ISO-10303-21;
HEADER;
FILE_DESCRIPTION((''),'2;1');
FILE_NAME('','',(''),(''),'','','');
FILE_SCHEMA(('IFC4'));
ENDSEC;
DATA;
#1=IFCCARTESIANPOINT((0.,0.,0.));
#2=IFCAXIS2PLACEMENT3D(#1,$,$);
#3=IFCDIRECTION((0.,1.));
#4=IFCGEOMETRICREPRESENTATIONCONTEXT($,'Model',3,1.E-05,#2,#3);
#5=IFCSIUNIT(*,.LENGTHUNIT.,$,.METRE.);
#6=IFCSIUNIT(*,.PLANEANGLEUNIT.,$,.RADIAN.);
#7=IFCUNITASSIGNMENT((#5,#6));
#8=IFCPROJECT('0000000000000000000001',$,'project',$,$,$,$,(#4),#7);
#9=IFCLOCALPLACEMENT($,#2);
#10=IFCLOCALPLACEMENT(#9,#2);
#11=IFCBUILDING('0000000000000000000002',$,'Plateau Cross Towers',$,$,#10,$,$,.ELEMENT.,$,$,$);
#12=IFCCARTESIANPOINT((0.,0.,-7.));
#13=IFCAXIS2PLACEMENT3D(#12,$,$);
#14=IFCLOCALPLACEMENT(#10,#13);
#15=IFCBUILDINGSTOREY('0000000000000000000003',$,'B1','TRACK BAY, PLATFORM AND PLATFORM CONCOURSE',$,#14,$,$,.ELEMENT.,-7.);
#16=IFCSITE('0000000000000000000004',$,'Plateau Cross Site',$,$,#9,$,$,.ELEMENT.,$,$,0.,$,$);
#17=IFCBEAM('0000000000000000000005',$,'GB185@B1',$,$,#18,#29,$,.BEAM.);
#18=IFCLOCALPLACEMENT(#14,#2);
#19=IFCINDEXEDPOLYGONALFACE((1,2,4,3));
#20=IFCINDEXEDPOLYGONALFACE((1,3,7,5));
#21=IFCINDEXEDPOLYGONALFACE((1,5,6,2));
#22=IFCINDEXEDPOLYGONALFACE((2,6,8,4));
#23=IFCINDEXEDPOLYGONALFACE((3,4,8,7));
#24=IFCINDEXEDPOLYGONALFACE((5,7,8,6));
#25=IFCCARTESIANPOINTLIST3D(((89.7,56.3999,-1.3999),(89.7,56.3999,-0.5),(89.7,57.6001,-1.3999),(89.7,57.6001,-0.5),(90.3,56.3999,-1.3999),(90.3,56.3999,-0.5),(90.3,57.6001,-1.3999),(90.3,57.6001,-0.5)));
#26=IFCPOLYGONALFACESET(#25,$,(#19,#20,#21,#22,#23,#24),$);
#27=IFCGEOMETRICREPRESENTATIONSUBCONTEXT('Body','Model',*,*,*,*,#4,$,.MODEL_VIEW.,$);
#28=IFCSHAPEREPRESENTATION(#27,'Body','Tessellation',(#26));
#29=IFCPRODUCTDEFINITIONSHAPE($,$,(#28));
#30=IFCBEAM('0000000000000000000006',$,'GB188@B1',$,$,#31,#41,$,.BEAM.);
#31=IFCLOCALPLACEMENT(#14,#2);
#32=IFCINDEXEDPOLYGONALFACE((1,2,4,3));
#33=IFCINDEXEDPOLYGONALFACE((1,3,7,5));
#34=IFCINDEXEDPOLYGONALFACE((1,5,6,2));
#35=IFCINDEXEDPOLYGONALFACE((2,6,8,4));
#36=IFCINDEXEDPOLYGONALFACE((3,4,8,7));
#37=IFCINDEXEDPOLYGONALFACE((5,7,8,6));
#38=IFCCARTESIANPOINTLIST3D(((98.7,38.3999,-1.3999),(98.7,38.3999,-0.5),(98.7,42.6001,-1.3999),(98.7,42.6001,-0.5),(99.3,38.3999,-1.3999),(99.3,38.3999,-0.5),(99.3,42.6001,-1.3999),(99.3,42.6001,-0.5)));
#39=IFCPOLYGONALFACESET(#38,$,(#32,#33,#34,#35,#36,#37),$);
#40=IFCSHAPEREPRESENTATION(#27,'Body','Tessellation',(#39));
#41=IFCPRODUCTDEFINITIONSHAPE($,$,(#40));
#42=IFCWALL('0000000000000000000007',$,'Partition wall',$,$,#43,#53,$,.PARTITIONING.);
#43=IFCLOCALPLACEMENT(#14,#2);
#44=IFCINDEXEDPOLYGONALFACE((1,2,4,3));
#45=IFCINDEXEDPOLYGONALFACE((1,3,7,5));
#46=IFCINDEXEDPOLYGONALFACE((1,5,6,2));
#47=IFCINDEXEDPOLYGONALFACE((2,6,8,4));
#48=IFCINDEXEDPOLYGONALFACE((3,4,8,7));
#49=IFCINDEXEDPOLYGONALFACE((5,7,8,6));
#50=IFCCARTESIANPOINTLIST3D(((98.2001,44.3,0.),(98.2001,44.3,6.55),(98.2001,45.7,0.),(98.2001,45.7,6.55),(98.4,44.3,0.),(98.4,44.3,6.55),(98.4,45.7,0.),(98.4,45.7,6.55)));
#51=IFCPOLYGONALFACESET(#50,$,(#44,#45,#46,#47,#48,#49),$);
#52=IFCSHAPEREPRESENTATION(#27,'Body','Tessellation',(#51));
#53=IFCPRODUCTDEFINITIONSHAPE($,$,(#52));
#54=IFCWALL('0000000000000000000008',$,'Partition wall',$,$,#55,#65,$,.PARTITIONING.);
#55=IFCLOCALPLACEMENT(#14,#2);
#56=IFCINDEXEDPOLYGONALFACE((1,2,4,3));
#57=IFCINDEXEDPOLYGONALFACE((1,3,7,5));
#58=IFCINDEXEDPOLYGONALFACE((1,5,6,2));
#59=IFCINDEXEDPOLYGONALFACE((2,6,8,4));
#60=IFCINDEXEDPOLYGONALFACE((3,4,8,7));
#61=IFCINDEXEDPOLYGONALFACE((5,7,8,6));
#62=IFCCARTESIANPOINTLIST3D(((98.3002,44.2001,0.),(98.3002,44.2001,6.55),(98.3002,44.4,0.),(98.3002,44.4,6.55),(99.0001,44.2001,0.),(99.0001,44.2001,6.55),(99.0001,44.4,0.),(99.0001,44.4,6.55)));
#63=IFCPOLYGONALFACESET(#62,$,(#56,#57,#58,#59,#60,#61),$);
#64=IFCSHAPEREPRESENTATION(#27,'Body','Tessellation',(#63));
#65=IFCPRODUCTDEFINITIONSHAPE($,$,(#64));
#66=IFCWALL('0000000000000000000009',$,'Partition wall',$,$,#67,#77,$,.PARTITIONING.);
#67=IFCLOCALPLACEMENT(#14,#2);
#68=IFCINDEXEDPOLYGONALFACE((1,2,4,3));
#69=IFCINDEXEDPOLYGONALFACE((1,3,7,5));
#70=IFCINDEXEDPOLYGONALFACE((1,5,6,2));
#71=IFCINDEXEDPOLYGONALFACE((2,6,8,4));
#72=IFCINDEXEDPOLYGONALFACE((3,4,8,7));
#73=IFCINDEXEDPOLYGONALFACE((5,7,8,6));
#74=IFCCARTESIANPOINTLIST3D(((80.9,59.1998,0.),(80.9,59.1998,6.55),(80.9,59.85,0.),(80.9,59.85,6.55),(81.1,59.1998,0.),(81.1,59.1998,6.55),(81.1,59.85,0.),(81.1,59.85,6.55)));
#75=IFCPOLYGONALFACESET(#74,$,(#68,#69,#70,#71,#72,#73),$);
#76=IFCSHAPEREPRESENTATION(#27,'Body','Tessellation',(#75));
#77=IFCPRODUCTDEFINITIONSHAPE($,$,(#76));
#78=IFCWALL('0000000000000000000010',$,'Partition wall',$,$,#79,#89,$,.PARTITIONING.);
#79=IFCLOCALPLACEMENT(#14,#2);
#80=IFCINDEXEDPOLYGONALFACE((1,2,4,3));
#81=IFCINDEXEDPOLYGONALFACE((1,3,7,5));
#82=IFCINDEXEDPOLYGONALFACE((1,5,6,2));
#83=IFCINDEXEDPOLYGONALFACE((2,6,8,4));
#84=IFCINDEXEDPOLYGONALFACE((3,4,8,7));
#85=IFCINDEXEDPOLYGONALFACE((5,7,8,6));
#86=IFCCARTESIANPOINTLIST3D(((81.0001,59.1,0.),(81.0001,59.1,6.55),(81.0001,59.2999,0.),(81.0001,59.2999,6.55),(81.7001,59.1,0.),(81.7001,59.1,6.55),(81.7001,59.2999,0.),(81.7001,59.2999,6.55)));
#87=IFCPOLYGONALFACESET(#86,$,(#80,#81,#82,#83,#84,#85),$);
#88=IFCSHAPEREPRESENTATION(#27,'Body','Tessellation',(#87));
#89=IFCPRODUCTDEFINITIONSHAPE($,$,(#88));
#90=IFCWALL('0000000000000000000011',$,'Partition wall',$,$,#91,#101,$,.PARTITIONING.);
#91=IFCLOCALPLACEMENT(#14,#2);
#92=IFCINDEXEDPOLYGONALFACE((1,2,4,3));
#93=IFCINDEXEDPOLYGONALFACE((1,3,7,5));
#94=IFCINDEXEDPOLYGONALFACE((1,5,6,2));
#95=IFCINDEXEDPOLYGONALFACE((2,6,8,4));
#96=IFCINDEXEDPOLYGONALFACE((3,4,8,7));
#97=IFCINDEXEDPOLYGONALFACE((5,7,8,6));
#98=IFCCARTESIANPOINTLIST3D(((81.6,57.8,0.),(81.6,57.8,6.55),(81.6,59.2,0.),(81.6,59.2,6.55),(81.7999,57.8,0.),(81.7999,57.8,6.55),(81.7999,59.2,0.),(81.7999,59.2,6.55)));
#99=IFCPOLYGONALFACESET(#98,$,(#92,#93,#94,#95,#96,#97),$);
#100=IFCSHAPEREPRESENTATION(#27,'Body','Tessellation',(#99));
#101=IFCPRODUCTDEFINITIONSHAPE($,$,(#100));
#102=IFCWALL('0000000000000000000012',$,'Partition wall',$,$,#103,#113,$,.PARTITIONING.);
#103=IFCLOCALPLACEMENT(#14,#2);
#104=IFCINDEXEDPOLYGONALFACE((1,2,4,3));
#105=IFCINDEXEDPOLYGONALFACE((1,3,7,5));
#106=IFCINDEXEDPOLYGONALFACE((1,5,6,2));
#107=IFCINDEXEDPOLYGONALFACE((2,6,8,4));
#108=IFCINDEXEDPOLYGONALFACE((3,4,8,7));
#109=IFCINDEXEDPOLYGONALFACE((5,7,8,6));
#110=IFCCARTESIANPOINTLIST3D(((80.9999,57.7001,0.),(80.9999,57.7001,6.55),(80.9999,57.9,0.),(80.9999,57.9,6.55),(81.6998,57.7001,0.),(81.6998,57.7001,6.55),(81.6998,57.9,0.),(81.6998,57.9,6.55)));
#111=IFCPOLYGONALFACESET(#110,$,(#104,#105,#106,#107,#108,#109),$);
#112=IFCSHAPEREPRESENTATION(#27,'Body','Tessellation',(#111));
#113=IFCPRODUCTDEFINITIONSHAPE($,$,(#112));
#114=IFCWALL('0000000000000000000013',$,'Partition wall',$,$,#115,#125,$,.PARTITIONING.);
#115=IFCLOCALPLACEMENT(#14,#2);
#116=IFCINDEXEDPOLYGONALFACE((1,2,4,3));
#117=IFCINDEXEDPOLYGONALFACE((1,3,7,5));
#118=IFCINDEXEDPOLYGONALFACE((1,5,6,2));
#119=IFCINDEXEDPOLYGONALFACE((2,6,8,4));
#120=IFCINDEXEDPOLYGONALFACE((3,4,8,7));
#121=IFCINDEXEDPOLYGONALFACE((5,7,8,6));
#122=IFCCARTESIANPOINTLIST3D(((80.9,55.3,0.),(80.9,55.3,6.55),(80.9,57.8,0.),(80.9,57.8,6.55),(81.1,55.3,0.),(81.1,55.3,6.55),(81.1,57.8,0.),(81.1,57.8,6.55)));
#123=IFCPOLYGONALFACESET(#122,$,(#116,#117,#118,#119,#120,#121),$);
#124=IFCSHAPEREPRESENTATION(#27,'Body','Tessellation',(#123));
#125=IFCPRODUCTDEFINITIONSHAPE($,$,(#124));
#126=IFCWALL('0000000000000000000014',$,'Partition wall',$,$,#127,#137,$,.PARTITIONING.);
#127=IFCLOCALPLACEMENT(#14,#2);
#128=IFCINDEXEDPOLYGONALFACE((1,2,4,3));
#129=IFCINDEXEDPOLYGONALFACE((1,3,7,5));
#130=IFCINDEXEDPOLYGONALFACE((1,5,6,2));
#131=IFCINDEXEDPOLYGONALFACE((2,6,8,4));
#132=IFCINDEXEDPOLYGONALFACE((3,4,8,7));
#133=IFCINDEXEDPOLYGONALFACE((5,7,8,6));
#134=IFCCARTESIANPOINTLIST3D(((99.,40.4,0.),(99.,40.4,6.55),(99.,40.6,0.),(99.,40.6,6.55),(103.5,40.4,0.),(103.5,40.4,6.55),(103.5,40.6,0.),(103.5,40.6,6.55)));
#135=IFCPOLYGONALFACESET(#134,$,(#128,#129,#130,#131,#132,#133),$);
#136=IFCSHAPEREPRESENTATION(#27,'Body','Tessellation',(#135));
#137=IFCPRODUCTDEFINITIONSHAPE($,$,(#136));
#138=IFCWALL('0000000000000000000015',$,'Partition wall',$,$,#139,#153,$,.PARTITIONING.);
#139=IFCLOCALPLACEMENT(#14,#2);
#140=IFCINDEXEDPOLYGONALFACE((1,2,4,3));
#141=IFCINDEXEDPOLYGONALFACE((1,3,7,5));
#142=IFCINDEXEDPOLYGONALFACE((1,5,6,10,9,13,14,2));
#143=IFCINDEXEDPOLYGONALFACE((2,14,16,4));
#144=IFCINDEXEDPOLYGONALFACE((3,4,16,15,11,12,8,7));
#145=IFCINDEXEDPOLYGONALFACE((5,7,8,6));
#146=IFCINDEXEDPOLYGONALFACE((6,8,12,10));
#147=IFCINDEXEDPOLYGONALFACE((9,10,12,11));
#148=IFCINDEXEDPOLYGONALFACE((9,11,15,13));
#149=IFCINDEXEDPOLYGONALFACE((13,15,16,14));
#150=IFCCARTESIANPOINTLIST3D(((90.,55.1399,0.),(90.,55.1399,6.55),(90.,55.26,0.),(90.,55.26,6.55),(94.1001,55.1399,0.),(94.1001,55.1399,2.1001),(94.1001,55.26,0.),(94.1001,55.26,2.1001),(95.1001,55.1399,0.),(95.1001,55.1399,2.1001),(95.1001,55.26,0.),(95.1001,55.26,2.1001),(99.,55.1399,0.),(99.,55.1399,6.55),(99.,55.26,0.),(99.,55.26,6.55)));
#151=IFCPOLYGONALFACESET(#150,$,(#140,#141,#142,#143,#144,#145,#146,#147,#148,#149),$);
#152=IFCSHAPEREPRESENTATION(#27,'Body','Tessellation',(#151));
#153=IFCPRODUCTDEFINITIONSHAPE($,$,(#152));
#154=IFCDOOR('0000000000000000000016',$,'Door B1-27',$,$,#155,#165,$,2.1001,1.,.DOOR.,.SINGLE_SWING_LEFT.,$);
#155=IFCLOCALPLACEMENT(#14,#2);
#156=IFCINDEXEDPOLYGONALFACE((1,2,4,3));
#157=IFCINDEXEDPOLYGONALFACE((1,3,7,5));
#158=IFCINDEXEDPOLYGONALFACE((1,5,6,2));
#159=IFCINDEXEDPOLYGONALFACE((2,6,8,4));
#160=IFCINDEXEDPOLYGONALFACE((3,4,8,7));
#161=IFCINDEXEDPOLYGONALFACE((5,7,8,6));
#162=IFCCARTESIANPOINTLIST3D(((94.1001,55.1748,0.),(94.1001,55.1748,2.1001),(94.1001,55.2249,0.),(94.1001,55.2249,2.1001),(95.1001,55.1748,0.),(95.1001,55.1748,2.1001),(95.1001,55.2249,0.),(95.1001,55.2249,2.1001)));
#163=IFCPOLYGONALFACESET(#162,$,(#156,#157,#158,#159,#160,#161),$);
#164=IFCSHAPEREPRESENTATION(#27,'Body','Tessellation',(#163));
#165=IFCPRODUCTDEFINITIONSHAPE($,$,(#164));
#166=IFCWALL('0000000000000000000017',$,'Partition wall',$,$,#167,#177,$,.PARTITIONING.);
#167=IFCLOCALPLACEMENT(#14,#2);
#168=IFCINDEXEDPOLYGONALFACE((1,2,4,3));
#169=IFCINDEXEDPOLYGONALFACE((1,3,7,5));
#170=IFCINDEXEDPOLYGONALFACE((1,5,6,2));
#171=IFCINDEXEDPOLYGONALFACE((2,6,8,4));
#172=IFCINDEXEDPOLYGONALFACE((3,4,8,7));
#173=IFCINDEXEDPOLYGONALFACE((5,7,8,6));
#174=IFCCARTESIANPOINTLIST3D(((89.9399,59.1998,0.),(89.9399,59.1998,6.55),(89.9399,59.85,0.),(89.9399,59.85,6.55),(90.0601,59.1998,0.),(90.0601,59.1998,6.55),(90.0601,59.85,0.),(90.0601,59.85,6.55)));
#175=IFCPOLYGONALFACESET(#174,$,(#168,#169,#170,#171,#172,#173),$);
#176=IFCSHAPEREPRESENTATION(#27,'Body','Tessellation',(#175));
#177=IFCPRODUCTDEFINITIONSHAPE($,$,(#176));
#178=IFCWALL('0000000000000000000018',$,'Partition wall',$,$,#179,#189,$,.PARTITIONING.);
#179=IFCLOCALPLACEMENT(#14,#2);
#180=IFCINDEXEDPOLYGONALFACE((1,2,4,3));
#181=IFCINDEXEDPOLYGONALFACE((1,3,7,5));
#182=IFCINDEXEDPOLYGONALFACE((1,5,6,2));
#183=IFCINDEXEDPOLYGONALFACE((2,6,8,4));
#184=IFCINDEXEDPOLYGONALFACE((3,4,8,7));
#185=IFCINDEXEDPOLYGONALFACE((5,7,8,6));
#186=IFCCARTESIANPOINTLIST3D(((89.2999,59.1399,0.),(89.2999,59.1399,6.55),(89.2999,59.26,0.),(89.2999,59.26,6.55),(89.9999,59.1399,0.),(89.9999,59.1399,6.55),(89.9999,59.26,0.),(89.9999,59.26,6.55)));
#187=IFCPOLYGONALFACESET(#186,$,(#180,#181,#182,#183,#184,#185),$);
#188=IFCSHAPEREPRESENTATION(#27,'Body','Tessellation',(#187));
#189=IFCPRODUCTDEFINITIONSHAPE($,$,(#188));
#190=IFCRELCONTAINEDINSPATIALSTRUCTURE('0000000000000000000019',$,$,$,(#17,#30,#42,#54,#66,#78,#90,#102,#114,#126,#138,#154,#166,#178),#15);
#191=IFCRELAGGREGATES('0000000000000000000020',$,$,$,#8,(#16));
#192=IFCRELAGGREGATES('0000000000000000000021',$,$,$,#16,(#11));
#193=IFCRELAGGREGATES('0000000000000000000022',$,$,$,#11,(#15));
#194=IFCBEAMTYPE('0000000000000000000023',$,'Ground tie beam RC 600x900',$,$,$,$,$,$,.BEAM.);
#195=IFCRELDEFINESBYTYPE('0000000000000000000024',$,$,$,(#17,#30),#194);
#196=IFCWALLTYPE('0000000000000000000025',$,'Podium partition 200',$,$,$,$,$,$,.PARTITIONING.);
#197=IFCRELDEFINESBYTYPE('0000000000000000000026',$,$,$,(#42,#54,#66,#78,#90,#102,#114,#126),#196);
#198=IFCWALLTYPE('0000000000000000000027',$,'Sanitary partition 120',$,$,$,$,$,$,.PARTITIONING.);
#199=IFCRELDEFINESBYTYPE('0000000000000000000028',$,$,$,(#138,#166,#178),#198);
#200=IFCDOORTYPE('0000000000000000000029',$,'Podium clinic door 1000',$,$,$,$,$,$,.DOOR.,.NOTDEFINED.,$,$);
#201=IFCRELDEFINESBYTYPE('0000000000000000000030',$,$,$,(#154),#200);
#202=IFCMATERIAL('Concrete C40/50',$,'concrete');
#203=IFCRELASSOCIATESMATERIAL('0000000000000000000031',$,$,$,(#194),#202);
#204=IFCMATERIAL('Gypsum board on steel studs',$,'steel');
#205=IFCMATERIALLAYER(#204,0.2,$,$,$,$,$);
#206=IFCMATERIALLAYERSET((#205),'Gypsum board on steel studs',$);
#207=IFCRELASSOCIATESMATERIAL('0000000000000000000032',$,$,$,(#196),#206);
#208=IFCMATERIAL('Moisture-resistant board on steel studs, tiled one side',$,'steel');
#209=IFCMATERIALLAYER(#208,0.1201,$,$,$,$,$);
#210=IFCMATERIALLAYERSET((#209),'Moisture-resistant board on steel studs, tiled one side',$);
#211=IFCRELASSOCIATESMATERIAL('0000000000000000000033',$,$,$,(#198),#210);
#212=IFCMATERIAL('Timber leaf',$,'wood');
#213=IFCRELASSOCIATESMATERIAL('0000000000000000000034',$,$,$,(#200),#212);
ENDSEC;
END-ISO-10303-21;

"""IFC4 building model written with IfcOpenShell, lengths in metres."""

from ifc_helpers import new_model, si_unit, direction, frame, frame_2d, origin, origin_2d, place, context, subcontext, project, spatial, rectangle, extrude, material, layer, layer_set, material_profile, profile_set, type_object, element, fill, save


model = new_model("IFC4")

# Units and contexts
model_context = context("Model", 3, precision=1e-05, world=origin(), true_north=direction((0.0, 1.0)))
body_context = subcontext(model_context, "Body", "Model", "MODEL_VIEW")
ifc_project = project(units=[si_unit("LENGTHUNIT", "METRE"), si_unit("PLANEANGLEUNIT", "RADIAN")], contexts=[model_context])

# Site, building, storey
site_placement = place(None, origin())
site = spatial("IfcSite", under=ifc_project, at=site_placement, Name="Plateau Cross Site", CompositionType="ELEMENT", RefElevation=0.0)
building_placement = place(site_placement, origin())
building = spatial("IfcBuilding", under=site, at=building_placement, Name="Plateau Cross Towers", CompositionType="ELEMENT")
storey_placement = place(building_placement, frame((0.0, 0.0, -7.0)))
storey = spatial("IfcBuildingStorey", under=building, at=storey_placement, Name="B1", Description="TRACK BAY, PLATFORM AND PLATFORM CONCOURSE", CompositionType="ELEMENT", Elevation=-7.0)

# Shared definitions
ifc_material_1 = material(Name="Concrete C40/50", Category="concrete")

# Beams
ifc_material_profile_1 = material_profile(ifc_material_1, rectangle(XDim=0.6001, YDim=0.8999, at=origin_2d()), Name="RC 600x900")
ifc_profile_set_1 = profile_set([ifc_material_profile_1], Name="Concrete C40/50")
beam_type = type_object("IfcBeamType", Name="Ground tie beam RC 600x900", PredefinedType="BEAM", material=ifc_profile_set_1)
beam_1_placement = place(storey_placement, frame((90.0, 56.3999, -0.95), z_axis=(0.0, 1.0, 0.0), x_axis=(-1.0, 0.0, 0.0)))
element("IfcBeam", 1, at=beam_1_placement, inside=storey, type_object=beam_type, Name="GB185@B1", PredefinedType="BEAM", context=body_context, shape_type="SweptSolid", body=[
    extrude(rectangle(XDim=0.6001, YDim=0.8999, at=origin_2d()), origin(), (0.0, 0.0, 1.0), 1.2002),
])
beam_2_placement = place(storey_placement, frame((99.0, 38.3999, -0.95), z_axis=(0.0, 1.0, 0.0), x_axis=(-1.0, 0.0, 0.0)))
element("IfcBeam", 2, at=beam_2_placement, inside=storey, type_object=beam_type, Name="GB188@B1", PredefinedType="BEAM", context=body_context, shape_type="SweptSolid", body=[
    extrude(rectangle(XDim=0.6001, YDim=0.8999, at=origin_2d()), origin(), (0.0, 0.0, 1.0), 4.2002),
])

# Walls
ifc_material_2 = material(Name="Gypsum board on steel studs", Category="steel")
ifc_layer_1 = layer(ifc_material_2, 0.2)
ifc_layer_set_1 = layer_set([ifc_layer_1], Name="Gypsum board on steel studs")
wall_type_1 = type_object("IfcWallType", Name="Podium partition 200", PredefinedType="PARTITIONING", material=ifc_layer_set_1)
wall_1_placement = place(storey_placement, frame((98.3, 45.7, 0.0), z_axis=(0.0, 0.0, 1.0), x_axis=(0.0, -1.0, 0.0)))
element("IfcWall", 3, at=wall_1_placement, inside=storey, type_object=wall_type_1, Name="Partition wall", PredefinedType="PARTITIONING", context=body_context, shape_type="SweptSolid", body=[
    extrude(rectangle(XDim=1.3999, YDim=0.2, at=frame_2d((0.7, 0.0))), origin(), (0.0, 0.0, 1.0), 6.55),
])
wall_2_placement = place(storey_placement, frame((98.3, 44.3, 0.0), z_axis=(0.0, 0.0, 1.0), x_axis=(1.0, 0.0, 0.0)))
element("IfcWall", 4, at=wall_2_placement, inside=storey, type_object=wall_type_1, Name="Partition wall", PredefinedType="PARTITIONING", context=body_context, shape_type="SweptSolid", body=[
    extrude(rectangle(XDim=0.7, YDim=0.2, at=frame_2d((0.3501, 0.0))), origin(), (0.0, 0.0, 1.0), 6.55),
])
wall_3_placement = place(storey_placement, frame((81.0, 59.8501, 0.0), z_axis=(0.0, 0.0, 1.0), x_axis=(0.0, -1.0, 0.0)))
element("IfcWall", 5, at=wall_3_placement, inside=storey, type_object=wall_type_1, Name="Partition wall", PredefinedType="PARTITIONING", context=body_context, shape_type="SweptSolid", body=[
    extrude(rectangle(XDim=0.6501, YDim=0.2, at=frame_2d((0.3252, 0.0))), origin(), (0.0, 0.0, 1.0), 6.55),
])
wall_4_placement = place(storey_placement, frame((81.0, 59.2, 0.0), z_axis=(0.0, 0.0, 1.0), x_axis=(1.0, 0.0, 0.0)))
element("IfcWall", 6, at=wall_4_placement, inside=storey, type_object=wall_type_1, Name="Partition wall", PredefinedType="PARTITIONING", context=body_context, shape_type="SweptSolid", body=[
    extrude(rectangle(XDim=0.7, YDim=0.2, at=frame_2d((0.3501, 0.0))), origin(), (0.0, 0.0, 1.0), 6.55),
])
wall_5_placement = place(storey_placement, frame((81.7, 59.2, 0.0), z_axis=(0.0, 0.0, 1.0), x_axis=(0.0, -1.0, 0.0)))
element("IfcWall", 7, at=wall_5_placement, inside=storey, type_object=wall_type_1, Name="Partition wall", PredefinedType="PARTITIONING", context=body_context, shape_type="SweptSolid", body=[
    extrude(rectangle(XDim=1.3999, YDim=0.2, at=frame_2d((0.7, 0.0))), origin(), (0.0, 0.0, 1.0), 6.55),
])
wall_6_placement = place(storey_placement, frame((81.7, 57.8, 0.0), z_axis=(0.0, 0.0, 1.0), x_axis=(-1.0, 0.0, 0.0)))
element("IfcWall", 8, at=wall_6_placement, inside=storey, type_object=wall_type_1, Name="Partition wall", PredefinedType="PARTITIONING", context=body_context, shape_type="SweptSolid", body=[
    extrude(rectangle(XDim=0.7, YDim=0.2, at=frame_2d((0.3501, 0.0))), origin(), (0.0, 0.0, 1.0), 6.55),
])
wall_7_placement = place(storey_placement, frame((81.0, 57.8, 0.0), z_axis=(0.0, 0.0, 1.0), x_axis=(0.0, -1.0, 0.0)))
element("IfcWall", 9, at=wall_7_placement, inside=storey, type_object=wall_type_1, Name="Partition wall", PredefinedType="PARTITIONING", context=body_context, shape_type="SweptSolid", body=[
    extrude(rectangle(XDim=2.5, YDim=0.2, at=frame_2d((1.25, 0.0))), origin(), (0.0, 0.0, 1.0), 6.55),
])
wall_8_placement = place(storey_placement, frame((99.0, 40.5, 0.0), z_axis=(0.0, 0.0, 1.0), x_axis=(1.0, 0.0, 0.0)))
element("IfcWall", 10, at=wall_8_placement, inside=storey, type_object=wall_type_1, Name="Partition wall", PredefinedType="PARTITIONING", context=body_context, shape_type="SweptSolid", body=[
    extrude(rectangle(XDim=4.5, YDim=0.2, at=frame_2d((2.25, 0.0))), origin(), (0.0, 0.0, 1.0), 6.55),
])

# Wall, opening, door
ifc_material_3 = material(Name="Moisture-resistant board on steel studs, tiled one side", Category="steel")
ifc_layer_2 = layer(ifc_material_3, 0.1201)
ifc_layer_set_2 = layer_set([ifc_layer_2], Name="Moisture-resistant board on steel studs, tiled one side")
wall_type_2 = type_object("IfcWallType", Name="Sanitary partition 120", PredefinedType="PARTITIONING", material=ifc_layer_set_2)
wall_9_placement = place(storey_placement, frame((90.0, 55.2, 0.0), z_axis=(0.0, 0.0, 1.0), x_axis=(1.0, 0.0, 0.0)))
wall_9 = element("IfcWall", 11, at=wall_9_placement, inside=storey, type_object=wall_type_2, Name="Partition wall", PredefinedType="PARTITIONING", context=body_context, shape_type="SweptSolid", body=[
    extrude(rectangle(XDim=9.0, YDim=0.1201, at=frame_2d((4.5, 0.0))), origin(), (0.0, 0.0, 1.0), 6.55),
])
opening_placement = place(wall_9_placement, frame((4.1001, 0.0, 0.0)))
opening = element("IfcOpeningElement", 12, at=opening_placement, cuts=wall_9, PredefinedType="OPENING", context=body_context, shape_type="SweptSolid", body=[
    extrude(rectangle(XDim=1.0, YDim=2.1001, at=frame_2d((0.5, 1.05))), frame((0.0, 0.0701, 0.0), z_axis=(0.0, -1.0, 0.0), x_axis=(1.0, 0.0, 0.0)), (0.0, 0.0, 1.0), 0.1401),
])
ifc_material_4 = material(Name="Timber leaf", Category="wood")
door_type = type_object("IfcDoorType", Name="Podium clinic door 1000", OperationType="NOTDEFINED", PredefinedType="DOOR", material=ifc_material_4)
door_placement = place(opening_placement, origin())
door = element("IfcDoor", 13, at=door_placement, inside=storey, type_object=door_type, Name="Door B1-27", OperationType="SINGLE_SWING_LEFT", OverallHeight=2.1001, OverallWidth=1.0, PredefinedType="DOOR", context=body_context, shape_type="SweptSolid", body=[
    extrude(rectangle(XDim=1.0, YDim=2.1001, at=frame_2d((0.5, 1.05))), frame((0.0, 0.0249, 0.0), z_axis=(0.0, -1.0, 0.0), x_axis=(1.0, 0.0, 0.0)), (0.0, 0.0, 1.0), 0.05),
])
fill(opening, door)

# Walls
wall_10_placement = place(storey_placement, frame((90.0, 59.8501, 0.0), z_axis=(0.0, 0.0, 1.0), x_axis=(0.0, -1.0, 0.0)))
element("IfcWall", 14, at=wall_10_placement, inside=storey, type_object=wall_type_2, Name="Partition wall", PredefinedType="PARTITIONING", context=body_context, shape_type="SweptSolid", body=[
    extrude(rectangle(XDim=0.6501, YDim=0.1201, at=frame_2d((0.3252, 0.0))), origin(), (0.0, 0.0, 1.0), 6.55),
])
wall_11_placement = place(storey_placement, frame((90.0, 59.2, 0.0), z_axis=(0.0, 0.0, 1.0), x_axis=(-1.0, 0.0, 0.0)))
element("IfcWall", 15, at=wall_11_placement, inside=storey, type_object=wall_type_2, Name="Partition wall", PredefinedType="PARTITIONING", context=body_context, shape_type="SweptSolid", body=[
    extrude(rectangle(XDim=0.7, YDim=0.1201, at=frame_2d((0.3501, 0.0))), origin(), (0.0, 0.0, 1.0), 6.55),
])

save(model, "model.ifc")
